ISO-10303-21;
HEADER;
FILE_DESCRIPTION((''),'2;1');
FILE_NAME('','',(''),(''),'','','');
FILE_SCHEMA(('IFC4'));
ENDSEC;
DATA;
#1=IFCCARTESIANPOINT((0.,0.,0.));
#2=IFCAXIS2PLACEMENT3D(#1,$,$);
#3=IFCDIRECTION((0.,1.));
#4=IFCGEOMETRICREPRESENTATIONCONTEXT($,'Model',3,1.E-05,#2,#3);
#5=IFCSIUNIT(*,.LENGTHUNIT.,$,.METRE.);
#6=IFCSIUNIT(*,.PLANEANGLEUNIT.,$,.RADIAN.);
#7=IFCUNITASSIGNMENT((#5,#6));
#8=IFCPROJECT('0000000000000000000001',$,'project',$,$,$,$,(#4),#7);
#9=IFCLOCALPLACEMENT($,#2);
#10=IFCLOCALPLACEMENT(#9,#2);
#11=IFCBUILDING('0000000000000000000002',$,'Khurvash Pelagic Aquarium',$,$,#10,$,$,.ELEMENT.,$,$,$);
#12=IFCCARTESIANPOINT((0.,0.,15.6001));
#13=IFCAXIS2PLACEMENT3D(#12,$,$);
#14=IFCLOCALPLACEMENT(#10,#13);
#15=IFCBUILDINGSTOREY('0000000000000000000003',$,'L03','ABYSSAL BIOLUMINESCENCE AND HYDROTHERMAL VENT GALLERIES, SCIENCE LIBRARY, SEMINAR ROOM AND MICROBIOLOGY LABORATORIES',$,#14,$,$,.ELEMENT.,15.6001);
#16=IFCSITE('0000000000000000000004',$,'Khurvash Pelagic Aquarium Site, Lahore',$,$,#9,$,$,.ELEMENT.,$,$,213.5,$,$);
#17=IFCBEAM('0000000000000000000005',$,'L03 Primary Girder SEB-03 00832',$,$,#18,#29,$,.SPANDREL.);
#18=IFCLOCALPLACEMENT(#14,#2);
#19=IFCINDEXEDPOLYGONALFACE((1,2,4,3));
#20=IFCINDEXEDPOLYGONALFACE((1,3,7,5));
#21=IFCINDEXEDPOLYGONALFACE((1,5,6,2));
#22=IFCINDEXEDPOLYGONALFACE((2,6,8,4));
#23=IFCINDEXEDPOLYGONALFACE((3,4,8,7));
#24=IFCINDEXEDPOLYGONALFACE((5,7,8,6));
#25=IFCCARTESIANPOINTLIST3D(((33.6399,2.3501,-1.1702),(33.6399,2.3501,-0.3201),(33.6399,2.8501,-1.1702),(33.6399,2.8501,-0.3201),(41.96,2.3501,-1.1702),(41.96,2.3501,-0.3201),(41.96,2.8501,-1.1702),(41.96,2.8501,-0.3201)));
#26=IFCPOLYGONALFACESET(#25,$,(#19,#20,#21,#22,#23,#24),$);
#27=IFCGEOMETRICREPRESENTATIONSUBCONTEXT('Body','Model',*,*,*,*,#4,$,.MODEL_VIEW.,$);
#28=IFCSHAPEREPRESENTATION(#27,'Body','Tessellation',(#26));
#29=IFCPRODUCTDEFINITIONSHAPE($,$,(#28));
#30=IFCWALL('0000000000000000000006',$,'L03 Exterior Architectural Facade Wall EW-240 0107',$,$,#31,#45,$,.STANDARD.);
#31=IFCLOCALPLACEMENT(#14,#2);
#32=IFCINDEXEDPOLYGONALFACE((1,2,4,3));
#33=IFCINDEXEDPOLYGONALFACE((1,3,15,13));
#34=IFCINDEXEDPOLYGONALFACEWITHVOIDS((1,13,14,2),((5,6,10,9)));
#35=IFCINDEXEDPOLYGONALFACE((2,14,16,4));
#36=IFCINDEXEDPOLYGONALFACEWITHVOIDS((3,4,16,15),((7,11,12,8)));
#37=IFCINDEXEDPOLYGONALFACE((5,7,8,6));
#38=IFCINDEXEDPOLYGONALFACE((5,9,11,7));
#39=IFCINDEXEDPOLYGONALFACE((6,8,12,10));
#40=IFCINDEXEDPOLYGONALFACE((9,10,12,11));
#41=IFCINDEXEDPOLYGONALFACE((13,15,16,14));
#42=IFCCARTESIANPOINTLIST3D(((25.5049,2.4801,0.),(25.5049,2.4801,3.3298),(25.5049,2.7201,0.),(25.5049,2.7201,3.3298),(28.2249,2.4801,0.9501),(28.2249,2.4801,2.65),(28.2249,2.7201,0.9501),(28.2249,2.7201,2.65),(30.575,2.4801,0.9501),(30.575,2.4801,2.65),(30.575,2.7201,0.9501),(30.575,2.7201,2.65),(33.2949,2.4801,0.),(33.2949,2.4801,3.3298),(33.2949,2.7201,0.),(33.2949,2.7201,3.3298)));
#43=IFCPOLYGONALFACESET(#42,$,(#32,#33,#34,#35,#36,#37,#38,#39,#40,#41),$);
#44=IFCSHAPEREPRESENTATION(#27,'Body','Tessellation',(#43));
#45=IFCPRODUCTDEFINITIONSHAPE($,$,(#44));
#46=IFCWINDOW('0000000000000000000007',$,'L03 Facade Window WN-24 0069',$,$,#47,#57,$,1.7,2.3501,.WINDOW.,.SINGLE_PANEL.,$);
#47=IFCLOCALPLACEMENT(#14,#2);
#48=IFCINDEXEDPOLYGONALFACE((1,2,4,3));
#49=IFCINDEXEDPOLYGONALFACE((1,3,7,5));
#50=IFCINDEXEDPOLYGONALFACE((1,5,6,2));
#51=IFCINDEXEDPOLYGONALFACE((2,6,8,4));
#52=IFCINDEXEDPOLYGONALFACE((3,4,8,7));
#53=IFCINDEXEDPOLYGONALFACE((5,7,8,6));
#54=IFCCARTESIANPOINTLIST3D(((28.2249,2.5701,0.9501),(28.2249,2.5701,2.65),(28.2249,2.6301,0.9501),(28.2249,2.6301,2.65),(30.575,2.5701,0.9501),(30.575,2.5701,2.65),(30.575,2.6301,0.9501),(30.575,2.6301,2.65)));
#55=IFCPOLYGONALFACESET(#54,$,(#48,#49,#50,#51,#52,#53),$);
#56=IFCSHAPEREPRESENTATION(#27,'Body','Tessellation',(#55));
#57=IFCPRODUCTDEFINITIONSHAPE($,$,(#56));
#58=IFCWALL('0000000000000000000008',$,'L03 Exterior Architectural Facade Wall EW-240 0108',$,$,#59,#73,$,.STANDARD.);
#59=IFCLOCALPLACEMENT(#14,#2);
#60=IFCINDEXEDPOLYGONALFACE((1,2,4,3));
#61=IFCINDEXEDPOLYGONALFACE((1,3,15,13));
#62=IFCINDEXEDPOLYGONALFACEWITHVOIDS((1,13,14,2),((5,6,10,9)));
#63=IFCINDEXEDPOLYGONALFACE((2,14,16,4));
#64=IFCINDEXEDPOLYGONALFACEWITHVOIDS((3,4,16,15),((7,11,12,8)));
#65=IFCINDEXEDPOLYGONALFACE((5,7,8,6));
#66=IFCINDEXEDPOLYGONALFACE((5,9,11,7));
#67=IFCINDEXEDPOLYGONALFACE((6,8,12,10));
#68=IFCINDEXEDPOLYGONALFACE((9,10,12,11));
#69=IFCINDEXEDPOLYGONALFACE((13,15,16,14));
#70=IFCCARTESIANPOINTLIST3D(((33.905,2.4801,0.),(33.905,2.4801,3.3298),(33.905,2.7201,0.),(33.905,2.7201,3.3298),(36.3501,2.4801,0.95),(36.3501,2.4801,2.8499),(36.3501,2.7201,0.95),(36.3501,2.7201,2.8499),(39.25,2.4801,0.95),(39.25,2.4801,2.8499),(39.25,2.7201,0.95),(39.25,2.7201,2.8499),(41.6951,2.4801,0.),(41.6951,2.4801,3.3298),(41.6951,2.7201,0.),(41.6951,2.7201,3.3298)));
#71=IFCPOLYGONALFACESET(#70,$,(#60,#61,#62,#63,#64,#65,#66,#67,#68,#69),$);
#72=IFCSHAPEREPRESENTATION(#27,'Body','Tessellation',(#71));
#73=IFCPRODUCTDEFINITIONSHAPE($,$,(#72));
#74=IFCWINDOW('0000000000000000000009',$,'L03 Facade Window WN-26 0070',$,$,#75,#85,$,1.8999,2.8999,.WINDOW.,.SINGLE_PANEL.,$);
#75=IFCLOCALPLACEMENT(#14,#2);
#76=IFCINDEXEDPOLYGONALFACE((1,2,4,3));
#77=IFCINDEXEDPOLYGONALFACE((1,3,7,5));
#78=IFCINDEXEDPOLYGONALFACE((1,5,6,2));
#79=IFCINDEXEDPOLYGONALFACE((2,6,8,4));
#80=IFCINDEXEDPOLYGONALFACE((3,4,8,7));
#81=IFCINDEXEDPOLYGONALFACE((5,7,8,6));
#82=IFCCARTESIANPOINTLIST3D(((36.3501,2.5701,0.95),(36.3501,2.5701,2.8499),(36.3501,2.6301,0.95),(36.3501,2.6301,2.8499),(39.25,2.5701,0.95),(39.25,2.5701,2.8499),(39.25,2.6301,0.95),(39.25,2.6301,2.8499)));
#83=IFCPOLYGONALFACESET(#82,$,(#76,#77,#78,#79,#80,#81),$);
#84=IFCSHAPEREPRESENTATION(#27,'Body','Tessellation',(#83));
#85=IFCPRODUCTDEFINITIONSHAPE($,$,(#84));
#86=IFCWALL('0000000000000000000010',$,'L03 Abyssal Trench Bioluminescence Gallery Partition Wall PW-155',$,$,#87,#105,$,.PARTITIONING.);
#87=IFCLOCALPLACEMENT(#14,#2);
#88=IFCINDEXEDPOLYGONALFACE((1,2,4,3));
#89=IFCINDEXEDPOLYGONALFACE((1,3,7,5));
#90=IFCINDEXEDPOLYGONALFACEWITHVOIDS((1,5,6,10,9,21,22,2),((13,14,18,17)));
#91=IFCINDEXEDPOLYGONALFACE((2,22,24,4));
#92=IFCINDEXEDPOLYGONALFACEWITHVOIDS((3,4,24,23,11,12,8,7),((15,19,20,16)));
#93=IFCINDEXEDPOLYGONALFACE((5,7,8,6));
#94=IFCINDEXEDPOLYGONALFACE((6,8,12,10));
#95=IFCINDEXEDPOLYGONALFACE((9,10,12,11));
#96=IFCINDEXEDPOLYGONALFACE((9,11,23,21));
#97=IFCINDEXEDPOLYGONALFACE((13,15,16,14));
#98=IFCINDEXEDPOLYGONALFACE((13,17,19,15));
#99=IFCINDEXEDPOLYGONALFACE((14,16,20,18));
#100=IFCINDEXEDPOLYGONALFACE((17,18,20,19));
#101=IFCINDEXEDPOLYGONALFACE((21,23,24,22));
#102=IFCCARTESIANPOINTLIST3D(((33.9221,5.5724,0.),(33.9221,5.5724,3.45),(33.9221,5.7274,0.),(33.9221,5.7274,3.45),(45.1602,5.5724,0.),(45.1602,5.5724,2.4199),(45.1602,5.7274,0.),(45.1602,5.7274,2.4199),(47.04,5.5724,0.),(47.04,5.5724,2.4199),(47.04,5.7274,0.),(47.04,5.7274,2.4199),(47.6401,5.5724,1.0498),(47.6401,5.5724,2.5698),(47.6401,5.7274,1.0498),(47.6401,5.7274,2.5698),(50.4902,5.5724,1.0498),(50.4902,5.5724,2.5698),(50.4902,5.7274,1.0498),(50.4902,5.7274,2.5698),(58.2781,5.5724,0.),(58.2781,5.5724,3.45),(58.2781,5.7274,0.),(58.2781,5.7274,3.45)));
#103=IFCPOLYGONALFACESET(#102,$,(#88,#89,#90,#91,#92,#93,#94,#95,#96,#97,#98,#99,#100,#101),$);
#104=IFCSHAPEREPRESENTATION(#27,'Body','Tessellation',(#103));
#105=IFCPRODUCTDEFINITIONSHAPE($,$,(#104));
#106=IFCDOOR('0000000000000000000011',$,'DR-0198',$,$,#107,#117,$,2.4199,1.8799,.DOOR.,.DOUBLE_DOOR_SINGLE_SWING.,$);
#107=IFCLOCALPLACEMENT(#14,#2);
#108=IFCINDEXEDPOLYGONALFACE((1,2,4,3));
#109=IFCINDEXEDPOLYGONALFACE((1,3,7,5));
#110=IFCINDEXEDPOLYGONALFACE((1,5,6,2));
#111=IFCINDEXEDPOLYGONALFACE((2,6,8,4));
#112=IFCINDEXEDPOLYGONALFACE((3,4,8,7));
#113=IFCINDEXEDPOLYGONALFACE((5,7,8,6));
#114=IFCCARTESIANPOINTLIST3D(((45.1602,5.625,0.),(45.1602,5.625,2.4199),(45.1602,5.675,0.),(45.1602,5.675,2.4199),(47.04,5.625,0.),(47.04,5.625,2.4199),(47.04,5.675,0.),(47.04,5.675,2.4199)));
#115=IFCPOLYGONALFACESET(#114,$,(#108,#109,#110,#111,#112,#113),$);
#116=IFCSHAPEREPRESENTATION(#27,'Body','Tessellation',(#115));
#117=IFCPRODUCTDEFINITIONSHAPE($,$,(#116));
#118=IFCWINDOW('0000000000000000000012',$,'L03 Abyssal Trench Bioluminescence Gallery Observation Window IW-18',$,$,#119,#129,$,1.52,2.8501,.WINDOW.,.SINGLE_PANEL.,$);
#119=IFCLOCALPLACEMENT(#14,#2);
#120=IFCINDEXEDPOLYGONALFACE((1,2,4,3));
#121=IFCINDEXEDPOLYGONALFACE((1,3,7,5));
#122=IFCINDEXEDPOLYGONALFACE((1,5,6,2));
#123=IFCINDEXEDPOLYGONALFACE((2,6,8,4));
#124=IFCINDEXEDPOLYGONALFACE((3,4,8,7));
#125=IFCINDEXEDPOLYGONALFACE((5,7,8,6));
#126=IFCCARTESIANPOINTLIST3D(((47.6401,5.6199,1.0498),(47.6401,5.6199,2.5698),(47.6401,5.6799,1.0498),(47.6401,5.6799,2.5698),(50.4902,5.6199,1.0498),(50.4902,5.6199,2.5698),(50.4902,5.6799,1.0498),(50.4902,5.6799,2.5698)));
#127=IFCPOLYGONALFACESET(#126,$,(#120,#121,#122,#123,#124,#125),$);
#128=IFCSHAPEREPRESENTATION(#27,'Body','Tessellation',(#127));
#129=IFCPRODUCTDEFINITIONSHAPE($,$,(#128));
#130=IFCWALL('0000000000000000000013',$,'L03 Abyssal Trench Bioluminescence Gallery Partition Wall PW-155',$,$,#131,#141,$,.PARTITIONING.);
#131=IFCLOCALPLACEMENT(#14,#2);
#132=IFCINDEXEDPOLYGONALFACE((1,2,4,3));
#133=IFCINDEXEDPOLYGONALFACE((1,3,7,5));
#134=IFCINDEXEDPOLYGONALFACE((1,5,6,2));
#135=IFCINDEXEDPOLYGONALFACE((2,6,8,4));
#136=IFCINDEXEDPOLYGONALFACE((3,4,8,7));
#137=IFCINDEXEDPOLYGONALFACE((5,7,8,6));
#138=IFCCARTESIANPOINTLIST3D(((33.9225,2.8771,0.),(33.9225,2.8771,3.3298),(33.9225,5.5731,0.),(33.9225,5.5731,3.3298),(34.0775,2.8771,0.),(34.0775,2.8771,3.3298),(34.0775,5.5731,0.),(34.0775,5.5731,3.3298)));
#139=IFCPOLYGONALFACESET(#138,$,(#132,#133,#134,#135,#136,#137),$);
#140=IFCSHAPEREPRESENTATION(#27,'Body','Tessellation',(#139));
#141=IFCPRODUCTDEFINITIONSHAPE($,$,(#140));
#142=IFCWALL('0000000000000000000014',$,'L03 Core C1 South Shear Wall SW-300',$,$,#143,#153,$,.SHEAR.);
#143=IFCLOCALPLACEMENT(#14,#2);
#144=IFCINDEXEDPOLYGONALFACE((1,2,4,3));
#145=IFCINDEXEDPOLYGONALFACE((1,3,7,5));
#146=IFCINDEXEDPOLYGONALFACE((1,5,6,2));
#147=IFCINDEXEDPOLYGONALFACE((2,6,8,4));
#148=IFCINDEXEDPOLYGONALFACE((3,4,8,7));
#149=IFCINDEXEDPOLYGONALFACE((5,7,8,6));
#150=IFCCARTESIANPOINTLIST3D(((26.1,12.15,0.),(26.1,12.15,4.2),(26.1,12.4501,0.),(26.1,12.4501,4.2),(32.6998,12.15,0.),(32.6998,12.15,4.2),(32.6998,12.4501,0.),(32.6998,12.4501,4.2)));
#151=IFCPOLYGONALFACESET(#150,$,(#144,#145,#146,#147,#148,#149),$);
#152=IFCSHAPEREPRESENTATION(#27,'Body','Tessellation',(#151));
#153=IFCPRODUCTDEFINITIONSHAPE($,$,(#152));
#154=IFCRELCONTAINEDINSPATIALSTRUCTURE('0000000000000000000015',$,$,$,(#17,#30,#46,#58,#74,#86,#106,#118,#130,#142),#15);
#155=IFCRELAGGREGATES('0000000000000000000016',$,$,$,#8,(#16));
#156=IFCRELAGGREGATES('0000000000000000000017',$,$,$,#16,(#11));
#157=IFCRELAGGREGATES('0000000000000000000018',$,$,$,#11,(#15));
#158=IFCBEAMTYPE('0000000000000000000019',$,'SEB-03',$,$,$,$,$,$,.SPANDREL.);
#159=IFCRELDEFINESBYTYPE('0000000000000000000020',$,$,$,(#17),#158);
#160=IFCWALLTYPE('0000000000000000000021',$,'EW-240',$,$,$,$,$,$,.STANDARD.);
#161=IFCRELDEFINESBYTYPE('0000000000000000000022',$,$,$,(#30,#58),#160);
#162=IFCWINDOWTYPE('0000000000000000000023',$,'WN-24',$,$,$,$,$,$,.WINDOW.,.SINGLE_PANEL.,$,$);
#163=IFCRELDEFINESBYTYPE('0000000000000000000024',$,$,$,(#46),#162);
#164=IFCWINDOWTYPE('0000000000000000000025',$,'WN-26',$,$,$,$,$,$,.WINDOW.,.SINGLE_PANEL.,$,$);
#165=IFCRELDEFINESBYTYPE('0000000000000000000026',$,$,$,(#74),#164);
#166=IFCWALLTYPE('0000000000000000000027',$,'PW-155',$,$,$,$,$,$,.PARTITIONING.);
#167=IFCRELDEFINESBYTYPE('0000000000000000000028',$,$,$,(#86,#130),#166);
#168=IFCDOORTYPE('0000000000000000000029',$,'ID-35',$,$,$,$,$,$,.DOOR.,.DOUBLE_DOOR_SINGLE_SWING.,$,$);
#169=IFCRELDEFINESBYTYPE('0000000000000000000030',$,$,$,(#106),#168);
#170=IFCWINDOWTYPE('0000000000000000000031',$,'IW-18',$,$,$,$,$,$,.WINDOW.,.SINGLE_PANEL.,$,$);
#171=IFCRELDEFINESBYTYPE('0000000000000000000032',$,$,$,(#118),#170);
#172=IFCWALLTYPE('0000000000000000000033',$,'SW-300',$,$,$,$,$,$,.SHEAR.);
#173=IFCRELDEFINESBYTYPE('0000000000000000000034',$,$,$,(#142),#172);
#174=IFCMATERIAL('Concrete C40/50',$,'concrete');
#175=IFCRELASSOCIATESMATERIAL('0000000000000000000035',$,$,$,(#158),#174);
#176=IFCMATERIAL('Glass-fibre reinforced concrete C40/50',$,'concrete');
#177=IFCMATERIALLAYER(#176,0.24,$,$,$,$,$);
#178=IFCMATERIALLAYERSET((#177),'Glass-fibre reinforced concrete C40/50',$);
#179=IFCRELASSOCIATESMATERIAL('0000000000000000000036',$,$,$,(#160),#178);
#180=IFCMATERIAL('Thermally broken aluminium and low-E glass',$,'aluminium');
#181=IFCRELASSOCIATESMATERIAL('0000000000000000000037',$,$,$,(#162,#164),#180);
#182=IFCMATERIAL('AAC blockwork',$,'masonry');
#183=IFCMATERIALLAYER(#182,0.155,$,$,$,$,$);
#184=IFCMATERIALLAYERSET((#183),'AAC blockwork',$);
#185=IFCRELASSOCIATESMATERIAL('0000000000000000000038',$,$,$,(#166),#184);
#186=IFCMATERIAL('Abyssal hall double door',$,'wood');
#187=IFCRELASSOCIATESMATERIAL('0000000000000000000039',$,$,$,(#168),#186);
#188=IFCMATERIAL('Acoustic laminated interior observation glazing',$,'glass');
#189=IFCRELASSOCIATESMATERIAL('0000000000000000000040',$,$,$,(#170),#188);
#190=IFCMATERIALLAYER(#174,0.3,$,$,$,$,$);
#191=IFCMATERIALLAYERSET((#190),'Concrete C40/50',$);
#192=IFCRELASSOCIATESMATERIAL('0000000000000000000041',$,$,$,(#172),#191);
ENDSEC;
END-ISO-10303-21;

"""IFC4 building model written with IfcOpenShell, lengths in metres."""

from ifc_helpers import new_model, si_unit, direction, frame, frame_2d, origin, origin_2d, place, context, subcontext, project, spatial, rectangle, extrude, material, layer, layer_set, material_profile, profile_set, type_object, element, fill, save


model = new_model("IFC4")

# Units and contexts
model_context = context("Model", 3, precision=1e-05, world=origin(), true_north=direction((0.0, 1.0)))
body_context = subcontext(model_context, "Body", "Model", "MODEL_VIEW")
ifc_project = project(units=[si_unit("LENGTHUNIT", "METRE"), si_unit("PLANEANGLEUNIT", "RADIAN")], contexts=[model_context])

# Site, building, storey
site_placement = place(None, origin())
site = spatial("IfcSite", under=ifc_project, at=site_placement, Name="Khurvash Pelagic Aquarium Site, Lahore", CompositionType="ELEMENT", RefElevation=213.5)
building_placement = place(site_placement, origin())
building = spatial("IfcBuilding", under=site, at=building_placement, Name="Khurvash Pelagic Aquarium", CompositionType="ELEMENT")
storey_placement = place(building_placement, frame((0.0, 0.0, 15.6001)))
storey = spatial("IfcBuildingStorey", under=building, at=storey_placement, Name="L03", Description="ABYSSAL BIOLUMINESCENCE AND HYDROTHERMAL VENT GALLERIES, SCIENCE LIBRARY, SEMINAR ROOM AND MICROBIOLOGY LABORATORIES", CompositionType="ELEMENT", Elevation=15.6001)

# Shared definitions
ifc_material_1 = material(Name="Concrete C40/50", Category="concrete")

# Beam
ifc_material_profile_1 = material_profile(ifc_material_1, rectangle(XDim=0.5, YDim=0.8501, at=origin_2d()), Name="RC500X850")
ifc_profile_set_1 = profile_set([ifc_material_profile_1], Name="Concrete C40/50")
beam_type_1 = type_object("IfcBeamType", Name="SEB-03", PredefinedType="SPANDREL", material=ifc_profile_set_1)
beam_1_placement = place(storey_placement, frame((33.6399, 2.6001, -0.7451), z_axis=(1.0, 0.0, 0.0), x_axis=(0.0, 1.0, 0.0)))
element("IfcBeam", 1, at=beam_1_placement, inside=storey, type_object=beam_type_1, Name="L03 Primary Girder SEB-03 00832", PredefinedType="SPANDREL", context=body_context, shape_type="SweptSolid", body=[
    extrude(rectangle(XDim=0.5, YDim=0.8501, at=origin_2d()), origin(), (0.0, 0.0, 1.0), 8.3201),
])

# Walls, openings, windows
ifc_material_2 = material(Name="Glass-fibre reinforced concrete C40/50", Category="concrete")
ifc_layer_1 = layer(ifc_material_2, 0.24)
ifc_layer_set_1 = layer_set([ifc_layer_1], Name="Glass-fibre reinforced concrete C40/50")
wall_type_1 = type_object("IfcWallType", Name="EW-240", PredefinedType="STANDARD", material=ifc_layer_set_1)
wall_1_placement = place(storey_placement, frame((25.5049, 2.6001, 0.0), z_axis=(0.0, 0.0, 1.0), x_axis=(1.0, 0.0, 0.0)))
wall_1 = element("IfcWall", 2, at=wall_1_placement, inside=storey, type_object=wall_type_1, Name="L03 Exterior Architectural Facade Wall EW-240 0107", PredefinedType="STANDARD", context=body_context, shape_type="SweptSolid", body=[
    extrude(rectangle(XDim=7.79, YDim=0.24, at=frame_2d((3.895, 0.0))), origin(), (0.0, 0.0, 1.0), 3.3298),
])
opening_1_placement = place(wall_1_placement, frame((2.72, 0.0, 0.95)))
opening_1 = element("IfcOpeningElement", 3, at=opening_1_placement, cuts=wall_1, PredefinedType="OPENING", context=body_context, shape_type="SweptSolid", body=[
    extrude(rectangle(XDim=2.3501, YDim=1.7, at=frame_2d((1.175, 0.8501))), frame((0.0, 0.1299, 0.0), z_axis=(0.0, -1.0, 0.0), x_axis=(1.0, 0.0, 0.0)), (0.0, 0.0, 1.0), 0.26),
])
ifc_material_3 = material(Name="Thermally broken aluminium and low-E glass", Category="aluminium")
window_type_1 = type_object("IfcWindowType", Name="WN-24", PartitioningType="SINGLE_PANEL", PredefinedType="WINDOW", material=ifc_material_3)
window_1_placement = place(opening_1_placement, origin())
window_1 = element("IfcWindow", 4, at=window_1_placement, inside=storey, type_object=window_type_1, Name="L03 Facade Window WN-24 0069", OverallHeight=1.7, OverallWidth=2.3501, PartitioningType="SINGLE_PANEL", PredefinedType="WINDOW", context=body_context, shape_type="SweptSolid", body=[
    extrude(rectangle(XDim=2.3501, YDim=1.7, at=frame_2d((1.175, 0.8501))), frame((0.0, 0.03, 0.0), z_axis=(0.0, -1.0, 0.0), x_axis=(1.0, 0.0, 0.0)), (0.0, 0.0, 1.0), 0.0601),
])
fill(opening_1, window_1)
wall_2_placement = place(storey_placement, frame((33.905, 2.6001, 0.0), z_axis=(0.0, 0.0, 1.0), x_axis=(1.0, 0.0, 0.0)))
wall_2 = element("IfcWall", 5, at=wall_2_placement, inside=storey, type_object=wall_type_1, Name="L03 Exterior Architectural Facade Wall EW-240 0108", PredefinedType="STANDARD", context=body_context, shape_type="SweptSolid", body=[
    extrude(rectangle(XDim=7.79, YDim=0.24, at=frame_2d((3.895, 0.0))), origin(), (0.0, 0.0, 1.0), 3.3298),
])
opening_2_placement = place(wall_2_placement, frame((2.4451, 0.0, 0.95)))
opening_2 = element("IfcOpeningElement", 6, at=opening_2_placement, cuts=wall_2, PredefinedType="OPENING", context=body_context, shape_type="SweptSolid", body=[
    extrude(rectangle(XDim=2.8999, YDim=1.8999, at=frame_2d((1.45, 0.95))), frame((0.0, 0.1299, 0.0), z_axis=(0.0, -1.0, 0.0), x_axis=(1.0, 0.0, 0.0)), (0.0, 0.0, 1.0), 0.26),
])
window_type_2 = type_object("IfcWindowType", Name="WN-26", PartitioningType="SINGLE_PANEL", PredefinedType="WINDOW", material=ifc_material_3)
window_2_placement = place(opening_2_placement, origin())
window_2 = element("IfcWindow", 7, at=window_2_placement, inside=storey, type_object=window_type_2, Name="L03 Facade Window WN-26 0070", OverallHeight=1.8999, OverallWidth=2.8999, PartitioningType="SINGLE_PANEL", PredefinedType="WINDOW", context=body_context, shape_type="SweptSolid", body=[
    extrude(rectangle(XDim=2.8999, YDim=1.8999, at=frame_2d((1.45, 0.95))), frame((0.0, 0.03, 0.0), z_axis=(0.0, -1.0, 0.0), x_axis=(1.0, 0.0, 0.0)), (0.0, 0.0, 1.0), 0.0601),
])
fill(opening_2, window_2)

# Wall, openings, door, window
ifc_material_4 = material(Name="AAC blockwork", Category="masonry")
ifc_layer_2 = layer(ifc_material_4, 0.155)
ifc_layer_set_2 = layer_set([ifc_layer_2], Name="AAC blockwork")
wall_type_2 = type_object("IfcWallType", Name="PW-155", PredefinedType="PARTITIONING", material=ifc_layer_set_2)
wall_3_placement = place(storey_placement, frame((33.9221, 5.6499, 0.0), z_axis=(0.0, 0.0, 1.0), x_axis=(1.0, 0.0, 0.0)))
wall_3 = element("IfcWall", 8, at=wall_3_placement, inside=storey, type_object=wall_type_2, Name="L03 Abyssal Trench Bioluminescence Gallery Partition Wall PW-155", PredefinedType="PARTITIONING", context=body_context, shape_type="SweptSolid", body=[
    extrude(rectangle(XDim=24.356, YDim=0.155, at=frame_2d((12.178, 0.0))), origin(), (0.0, 0.0, 1.0), 3.45),
])
opening_3_placement = place(wall_3_placement, frame((11.238, 0.0, 0.0)))
opening_3 = element("IfcOpeningElement", 9, at=opening_3_placement, cuts=wall_3, PredefinedType="OPENING", context=body_context, shape_type="SweptSolid", body=[
    extrude(rectangle(XDim=1.8799, YDim=2.4199, at=frame_2d((0.9399, 1.21))), frame((0.0, 0.0874, 0.0), z_axis=(0.0, -1.0, 0.0), x_axis=(1.0, 0.0, 0.0)), (0.0, 0.0, 1.0), 0.175),
])
opening_4_placement = place(wall_3_placement, frame((13.718, 0.0, 1.0498)))
opening_4 = element("IfcOpeningElement", 10, at=opening_4_placement, cuts=wall_3, PredefinedType="OPENING", context=body_context, shape_type="SweptSolid", body=[
    extrude(rectangle(XDim=2.8501, YDim=1.52, at=frame_2d((1.425, 0.76))), frame((0.0, 0.0874, 0.0), z_axis=(0.0, -1.0, 0.0), x_axis=(1.0, 0.0, 0.0)), (0.0, 0.0, 1.0), 0.175),
])
ifc_material_5 = material(Name="Abyssal hall double door", Category="wood")
door_type = type_object("IfcDoorType", Name="ID-35", OperationType="DOUBLE_DOOR_SINGLE_SWING", PredefinedType="DOOR", material=ifc_material_5)
door_placement = place(opening_3_placement, frame((1.8799, 0.0, 0.0), z_axis=(0.0, 0.0, 1.0), x_axis=(-1.0, 0.0, 0.0)))
door = element("IfcDoor", 11, at=door_placement, inside=storey, type_object=door_type, Name="DR-0198", OperationType="DOUBLE_DOOR_SINGLE_SWING", OverallHeight=2.4199, OverallWidth=1.8799, PredefinedType="DOOR", context=body_context, shape_type="SweptSolid", body=[
    extrude(rectangle(XDim=1.8799, YDim=2.4199, at=frame_2d((0.9399, 1.21))), frame((0.0, 0.0249, 0.0), z_axis=(0.0, -1.0, 0.0), x_axis=(1.0, 0.0, 0.0)), (0.0, 0.0, 1.0), 0.05),
])
fill(opening_3, door)
ifc_material_6 = material(Name="Acoustic laminated interior observation glazing", Category="glass")
window_type_3 = type_object("IfcWindowType", Name="IW-18", PartitioningType="SINGLE_PANEL", PredefinedType="WINDOW", material=ifc_material_6)
window_3_placement = place(opening_4_placement, origin())
window_3 = element("IfcWindow", 12, at=window_3_placement, inside=storey, type_object=window_type_3, Name="L03 Abyssal Trench Bioluminescence Gallery Observation Window IW-18", OverallHeight=1.52, OverallWidth=2.8501, PartitioningType="SINGLE_PANEL", PredefinedType="WINDOW", context=body_context, shape_type="SweptSolid", body=[
    extrude(rectangle(XDim=2.8501, YDim=1.52, at=frame_2d((1.425, 0.76))), frame((0.0, 0.03, 0.0), z_axis=(0.0, -1.0, 0.0), x_axis=(1.0, 0.0, 0.0)), (0.0, 0.0, 1.0), 0.0601),
])
fill(opening_4, window_3)

# Walls
wall_4_placement = place(storey_placement, frame((34.0, 2.877, 0.0), z_axis=(0.0, 0.0, 1.0), x_axis=(0.0, 1.0, 0.0)))
element("IfcWall", 13, at=wall_4_placement, inside=storey, type_object=wall_type_2, Name="L03 Abyssal Trench Bioluminescence Gallery Partition Wall PW-155", PredefinedType="PARTITIONING", context=body_context, shape_type="SweptSolid", body=[
    extrude(rectangle(XDim=2.696, YDim=0.155, at=frame_2d((1.3481, 0.0))), origin(), (0.0, 0.0, 1.0), 3.3298),
])
ifc_layer_3 = layer(ifc_material_1, 0.3)
ifc_layer_set_3 = layer_set([ifc_layer_3], Name="Concrete C40/50")
wall_type_3 = type_object("IfcWallType", Name="SW-300", PredefinedType="SHEAR", material=ifc_layer_set_3)
wall_5_placement = place(storey_placement, frame((26.1001, 12.3, 0.0), z_axis=(0.0, 0.0, 1.0), x_axis=(1.0, 0.0, 0.0)))
element("IfcWall", 14, at=wall_5_placement, inside=storey, type_object=wall_type_3, Name="L03 Core C1 South Shear Wall SW-300", PredefinedType="SHEAR", context=body_context, shape_type="SweptSolid", body=[
    extrude(rectangle(XDim=6.5999, YDim=0.3, at=frame_2d((3.2998, 0.0))), origin(), (0.0, 0.0, 1.0), 4.2),
])

save(model, "model.ifc")
